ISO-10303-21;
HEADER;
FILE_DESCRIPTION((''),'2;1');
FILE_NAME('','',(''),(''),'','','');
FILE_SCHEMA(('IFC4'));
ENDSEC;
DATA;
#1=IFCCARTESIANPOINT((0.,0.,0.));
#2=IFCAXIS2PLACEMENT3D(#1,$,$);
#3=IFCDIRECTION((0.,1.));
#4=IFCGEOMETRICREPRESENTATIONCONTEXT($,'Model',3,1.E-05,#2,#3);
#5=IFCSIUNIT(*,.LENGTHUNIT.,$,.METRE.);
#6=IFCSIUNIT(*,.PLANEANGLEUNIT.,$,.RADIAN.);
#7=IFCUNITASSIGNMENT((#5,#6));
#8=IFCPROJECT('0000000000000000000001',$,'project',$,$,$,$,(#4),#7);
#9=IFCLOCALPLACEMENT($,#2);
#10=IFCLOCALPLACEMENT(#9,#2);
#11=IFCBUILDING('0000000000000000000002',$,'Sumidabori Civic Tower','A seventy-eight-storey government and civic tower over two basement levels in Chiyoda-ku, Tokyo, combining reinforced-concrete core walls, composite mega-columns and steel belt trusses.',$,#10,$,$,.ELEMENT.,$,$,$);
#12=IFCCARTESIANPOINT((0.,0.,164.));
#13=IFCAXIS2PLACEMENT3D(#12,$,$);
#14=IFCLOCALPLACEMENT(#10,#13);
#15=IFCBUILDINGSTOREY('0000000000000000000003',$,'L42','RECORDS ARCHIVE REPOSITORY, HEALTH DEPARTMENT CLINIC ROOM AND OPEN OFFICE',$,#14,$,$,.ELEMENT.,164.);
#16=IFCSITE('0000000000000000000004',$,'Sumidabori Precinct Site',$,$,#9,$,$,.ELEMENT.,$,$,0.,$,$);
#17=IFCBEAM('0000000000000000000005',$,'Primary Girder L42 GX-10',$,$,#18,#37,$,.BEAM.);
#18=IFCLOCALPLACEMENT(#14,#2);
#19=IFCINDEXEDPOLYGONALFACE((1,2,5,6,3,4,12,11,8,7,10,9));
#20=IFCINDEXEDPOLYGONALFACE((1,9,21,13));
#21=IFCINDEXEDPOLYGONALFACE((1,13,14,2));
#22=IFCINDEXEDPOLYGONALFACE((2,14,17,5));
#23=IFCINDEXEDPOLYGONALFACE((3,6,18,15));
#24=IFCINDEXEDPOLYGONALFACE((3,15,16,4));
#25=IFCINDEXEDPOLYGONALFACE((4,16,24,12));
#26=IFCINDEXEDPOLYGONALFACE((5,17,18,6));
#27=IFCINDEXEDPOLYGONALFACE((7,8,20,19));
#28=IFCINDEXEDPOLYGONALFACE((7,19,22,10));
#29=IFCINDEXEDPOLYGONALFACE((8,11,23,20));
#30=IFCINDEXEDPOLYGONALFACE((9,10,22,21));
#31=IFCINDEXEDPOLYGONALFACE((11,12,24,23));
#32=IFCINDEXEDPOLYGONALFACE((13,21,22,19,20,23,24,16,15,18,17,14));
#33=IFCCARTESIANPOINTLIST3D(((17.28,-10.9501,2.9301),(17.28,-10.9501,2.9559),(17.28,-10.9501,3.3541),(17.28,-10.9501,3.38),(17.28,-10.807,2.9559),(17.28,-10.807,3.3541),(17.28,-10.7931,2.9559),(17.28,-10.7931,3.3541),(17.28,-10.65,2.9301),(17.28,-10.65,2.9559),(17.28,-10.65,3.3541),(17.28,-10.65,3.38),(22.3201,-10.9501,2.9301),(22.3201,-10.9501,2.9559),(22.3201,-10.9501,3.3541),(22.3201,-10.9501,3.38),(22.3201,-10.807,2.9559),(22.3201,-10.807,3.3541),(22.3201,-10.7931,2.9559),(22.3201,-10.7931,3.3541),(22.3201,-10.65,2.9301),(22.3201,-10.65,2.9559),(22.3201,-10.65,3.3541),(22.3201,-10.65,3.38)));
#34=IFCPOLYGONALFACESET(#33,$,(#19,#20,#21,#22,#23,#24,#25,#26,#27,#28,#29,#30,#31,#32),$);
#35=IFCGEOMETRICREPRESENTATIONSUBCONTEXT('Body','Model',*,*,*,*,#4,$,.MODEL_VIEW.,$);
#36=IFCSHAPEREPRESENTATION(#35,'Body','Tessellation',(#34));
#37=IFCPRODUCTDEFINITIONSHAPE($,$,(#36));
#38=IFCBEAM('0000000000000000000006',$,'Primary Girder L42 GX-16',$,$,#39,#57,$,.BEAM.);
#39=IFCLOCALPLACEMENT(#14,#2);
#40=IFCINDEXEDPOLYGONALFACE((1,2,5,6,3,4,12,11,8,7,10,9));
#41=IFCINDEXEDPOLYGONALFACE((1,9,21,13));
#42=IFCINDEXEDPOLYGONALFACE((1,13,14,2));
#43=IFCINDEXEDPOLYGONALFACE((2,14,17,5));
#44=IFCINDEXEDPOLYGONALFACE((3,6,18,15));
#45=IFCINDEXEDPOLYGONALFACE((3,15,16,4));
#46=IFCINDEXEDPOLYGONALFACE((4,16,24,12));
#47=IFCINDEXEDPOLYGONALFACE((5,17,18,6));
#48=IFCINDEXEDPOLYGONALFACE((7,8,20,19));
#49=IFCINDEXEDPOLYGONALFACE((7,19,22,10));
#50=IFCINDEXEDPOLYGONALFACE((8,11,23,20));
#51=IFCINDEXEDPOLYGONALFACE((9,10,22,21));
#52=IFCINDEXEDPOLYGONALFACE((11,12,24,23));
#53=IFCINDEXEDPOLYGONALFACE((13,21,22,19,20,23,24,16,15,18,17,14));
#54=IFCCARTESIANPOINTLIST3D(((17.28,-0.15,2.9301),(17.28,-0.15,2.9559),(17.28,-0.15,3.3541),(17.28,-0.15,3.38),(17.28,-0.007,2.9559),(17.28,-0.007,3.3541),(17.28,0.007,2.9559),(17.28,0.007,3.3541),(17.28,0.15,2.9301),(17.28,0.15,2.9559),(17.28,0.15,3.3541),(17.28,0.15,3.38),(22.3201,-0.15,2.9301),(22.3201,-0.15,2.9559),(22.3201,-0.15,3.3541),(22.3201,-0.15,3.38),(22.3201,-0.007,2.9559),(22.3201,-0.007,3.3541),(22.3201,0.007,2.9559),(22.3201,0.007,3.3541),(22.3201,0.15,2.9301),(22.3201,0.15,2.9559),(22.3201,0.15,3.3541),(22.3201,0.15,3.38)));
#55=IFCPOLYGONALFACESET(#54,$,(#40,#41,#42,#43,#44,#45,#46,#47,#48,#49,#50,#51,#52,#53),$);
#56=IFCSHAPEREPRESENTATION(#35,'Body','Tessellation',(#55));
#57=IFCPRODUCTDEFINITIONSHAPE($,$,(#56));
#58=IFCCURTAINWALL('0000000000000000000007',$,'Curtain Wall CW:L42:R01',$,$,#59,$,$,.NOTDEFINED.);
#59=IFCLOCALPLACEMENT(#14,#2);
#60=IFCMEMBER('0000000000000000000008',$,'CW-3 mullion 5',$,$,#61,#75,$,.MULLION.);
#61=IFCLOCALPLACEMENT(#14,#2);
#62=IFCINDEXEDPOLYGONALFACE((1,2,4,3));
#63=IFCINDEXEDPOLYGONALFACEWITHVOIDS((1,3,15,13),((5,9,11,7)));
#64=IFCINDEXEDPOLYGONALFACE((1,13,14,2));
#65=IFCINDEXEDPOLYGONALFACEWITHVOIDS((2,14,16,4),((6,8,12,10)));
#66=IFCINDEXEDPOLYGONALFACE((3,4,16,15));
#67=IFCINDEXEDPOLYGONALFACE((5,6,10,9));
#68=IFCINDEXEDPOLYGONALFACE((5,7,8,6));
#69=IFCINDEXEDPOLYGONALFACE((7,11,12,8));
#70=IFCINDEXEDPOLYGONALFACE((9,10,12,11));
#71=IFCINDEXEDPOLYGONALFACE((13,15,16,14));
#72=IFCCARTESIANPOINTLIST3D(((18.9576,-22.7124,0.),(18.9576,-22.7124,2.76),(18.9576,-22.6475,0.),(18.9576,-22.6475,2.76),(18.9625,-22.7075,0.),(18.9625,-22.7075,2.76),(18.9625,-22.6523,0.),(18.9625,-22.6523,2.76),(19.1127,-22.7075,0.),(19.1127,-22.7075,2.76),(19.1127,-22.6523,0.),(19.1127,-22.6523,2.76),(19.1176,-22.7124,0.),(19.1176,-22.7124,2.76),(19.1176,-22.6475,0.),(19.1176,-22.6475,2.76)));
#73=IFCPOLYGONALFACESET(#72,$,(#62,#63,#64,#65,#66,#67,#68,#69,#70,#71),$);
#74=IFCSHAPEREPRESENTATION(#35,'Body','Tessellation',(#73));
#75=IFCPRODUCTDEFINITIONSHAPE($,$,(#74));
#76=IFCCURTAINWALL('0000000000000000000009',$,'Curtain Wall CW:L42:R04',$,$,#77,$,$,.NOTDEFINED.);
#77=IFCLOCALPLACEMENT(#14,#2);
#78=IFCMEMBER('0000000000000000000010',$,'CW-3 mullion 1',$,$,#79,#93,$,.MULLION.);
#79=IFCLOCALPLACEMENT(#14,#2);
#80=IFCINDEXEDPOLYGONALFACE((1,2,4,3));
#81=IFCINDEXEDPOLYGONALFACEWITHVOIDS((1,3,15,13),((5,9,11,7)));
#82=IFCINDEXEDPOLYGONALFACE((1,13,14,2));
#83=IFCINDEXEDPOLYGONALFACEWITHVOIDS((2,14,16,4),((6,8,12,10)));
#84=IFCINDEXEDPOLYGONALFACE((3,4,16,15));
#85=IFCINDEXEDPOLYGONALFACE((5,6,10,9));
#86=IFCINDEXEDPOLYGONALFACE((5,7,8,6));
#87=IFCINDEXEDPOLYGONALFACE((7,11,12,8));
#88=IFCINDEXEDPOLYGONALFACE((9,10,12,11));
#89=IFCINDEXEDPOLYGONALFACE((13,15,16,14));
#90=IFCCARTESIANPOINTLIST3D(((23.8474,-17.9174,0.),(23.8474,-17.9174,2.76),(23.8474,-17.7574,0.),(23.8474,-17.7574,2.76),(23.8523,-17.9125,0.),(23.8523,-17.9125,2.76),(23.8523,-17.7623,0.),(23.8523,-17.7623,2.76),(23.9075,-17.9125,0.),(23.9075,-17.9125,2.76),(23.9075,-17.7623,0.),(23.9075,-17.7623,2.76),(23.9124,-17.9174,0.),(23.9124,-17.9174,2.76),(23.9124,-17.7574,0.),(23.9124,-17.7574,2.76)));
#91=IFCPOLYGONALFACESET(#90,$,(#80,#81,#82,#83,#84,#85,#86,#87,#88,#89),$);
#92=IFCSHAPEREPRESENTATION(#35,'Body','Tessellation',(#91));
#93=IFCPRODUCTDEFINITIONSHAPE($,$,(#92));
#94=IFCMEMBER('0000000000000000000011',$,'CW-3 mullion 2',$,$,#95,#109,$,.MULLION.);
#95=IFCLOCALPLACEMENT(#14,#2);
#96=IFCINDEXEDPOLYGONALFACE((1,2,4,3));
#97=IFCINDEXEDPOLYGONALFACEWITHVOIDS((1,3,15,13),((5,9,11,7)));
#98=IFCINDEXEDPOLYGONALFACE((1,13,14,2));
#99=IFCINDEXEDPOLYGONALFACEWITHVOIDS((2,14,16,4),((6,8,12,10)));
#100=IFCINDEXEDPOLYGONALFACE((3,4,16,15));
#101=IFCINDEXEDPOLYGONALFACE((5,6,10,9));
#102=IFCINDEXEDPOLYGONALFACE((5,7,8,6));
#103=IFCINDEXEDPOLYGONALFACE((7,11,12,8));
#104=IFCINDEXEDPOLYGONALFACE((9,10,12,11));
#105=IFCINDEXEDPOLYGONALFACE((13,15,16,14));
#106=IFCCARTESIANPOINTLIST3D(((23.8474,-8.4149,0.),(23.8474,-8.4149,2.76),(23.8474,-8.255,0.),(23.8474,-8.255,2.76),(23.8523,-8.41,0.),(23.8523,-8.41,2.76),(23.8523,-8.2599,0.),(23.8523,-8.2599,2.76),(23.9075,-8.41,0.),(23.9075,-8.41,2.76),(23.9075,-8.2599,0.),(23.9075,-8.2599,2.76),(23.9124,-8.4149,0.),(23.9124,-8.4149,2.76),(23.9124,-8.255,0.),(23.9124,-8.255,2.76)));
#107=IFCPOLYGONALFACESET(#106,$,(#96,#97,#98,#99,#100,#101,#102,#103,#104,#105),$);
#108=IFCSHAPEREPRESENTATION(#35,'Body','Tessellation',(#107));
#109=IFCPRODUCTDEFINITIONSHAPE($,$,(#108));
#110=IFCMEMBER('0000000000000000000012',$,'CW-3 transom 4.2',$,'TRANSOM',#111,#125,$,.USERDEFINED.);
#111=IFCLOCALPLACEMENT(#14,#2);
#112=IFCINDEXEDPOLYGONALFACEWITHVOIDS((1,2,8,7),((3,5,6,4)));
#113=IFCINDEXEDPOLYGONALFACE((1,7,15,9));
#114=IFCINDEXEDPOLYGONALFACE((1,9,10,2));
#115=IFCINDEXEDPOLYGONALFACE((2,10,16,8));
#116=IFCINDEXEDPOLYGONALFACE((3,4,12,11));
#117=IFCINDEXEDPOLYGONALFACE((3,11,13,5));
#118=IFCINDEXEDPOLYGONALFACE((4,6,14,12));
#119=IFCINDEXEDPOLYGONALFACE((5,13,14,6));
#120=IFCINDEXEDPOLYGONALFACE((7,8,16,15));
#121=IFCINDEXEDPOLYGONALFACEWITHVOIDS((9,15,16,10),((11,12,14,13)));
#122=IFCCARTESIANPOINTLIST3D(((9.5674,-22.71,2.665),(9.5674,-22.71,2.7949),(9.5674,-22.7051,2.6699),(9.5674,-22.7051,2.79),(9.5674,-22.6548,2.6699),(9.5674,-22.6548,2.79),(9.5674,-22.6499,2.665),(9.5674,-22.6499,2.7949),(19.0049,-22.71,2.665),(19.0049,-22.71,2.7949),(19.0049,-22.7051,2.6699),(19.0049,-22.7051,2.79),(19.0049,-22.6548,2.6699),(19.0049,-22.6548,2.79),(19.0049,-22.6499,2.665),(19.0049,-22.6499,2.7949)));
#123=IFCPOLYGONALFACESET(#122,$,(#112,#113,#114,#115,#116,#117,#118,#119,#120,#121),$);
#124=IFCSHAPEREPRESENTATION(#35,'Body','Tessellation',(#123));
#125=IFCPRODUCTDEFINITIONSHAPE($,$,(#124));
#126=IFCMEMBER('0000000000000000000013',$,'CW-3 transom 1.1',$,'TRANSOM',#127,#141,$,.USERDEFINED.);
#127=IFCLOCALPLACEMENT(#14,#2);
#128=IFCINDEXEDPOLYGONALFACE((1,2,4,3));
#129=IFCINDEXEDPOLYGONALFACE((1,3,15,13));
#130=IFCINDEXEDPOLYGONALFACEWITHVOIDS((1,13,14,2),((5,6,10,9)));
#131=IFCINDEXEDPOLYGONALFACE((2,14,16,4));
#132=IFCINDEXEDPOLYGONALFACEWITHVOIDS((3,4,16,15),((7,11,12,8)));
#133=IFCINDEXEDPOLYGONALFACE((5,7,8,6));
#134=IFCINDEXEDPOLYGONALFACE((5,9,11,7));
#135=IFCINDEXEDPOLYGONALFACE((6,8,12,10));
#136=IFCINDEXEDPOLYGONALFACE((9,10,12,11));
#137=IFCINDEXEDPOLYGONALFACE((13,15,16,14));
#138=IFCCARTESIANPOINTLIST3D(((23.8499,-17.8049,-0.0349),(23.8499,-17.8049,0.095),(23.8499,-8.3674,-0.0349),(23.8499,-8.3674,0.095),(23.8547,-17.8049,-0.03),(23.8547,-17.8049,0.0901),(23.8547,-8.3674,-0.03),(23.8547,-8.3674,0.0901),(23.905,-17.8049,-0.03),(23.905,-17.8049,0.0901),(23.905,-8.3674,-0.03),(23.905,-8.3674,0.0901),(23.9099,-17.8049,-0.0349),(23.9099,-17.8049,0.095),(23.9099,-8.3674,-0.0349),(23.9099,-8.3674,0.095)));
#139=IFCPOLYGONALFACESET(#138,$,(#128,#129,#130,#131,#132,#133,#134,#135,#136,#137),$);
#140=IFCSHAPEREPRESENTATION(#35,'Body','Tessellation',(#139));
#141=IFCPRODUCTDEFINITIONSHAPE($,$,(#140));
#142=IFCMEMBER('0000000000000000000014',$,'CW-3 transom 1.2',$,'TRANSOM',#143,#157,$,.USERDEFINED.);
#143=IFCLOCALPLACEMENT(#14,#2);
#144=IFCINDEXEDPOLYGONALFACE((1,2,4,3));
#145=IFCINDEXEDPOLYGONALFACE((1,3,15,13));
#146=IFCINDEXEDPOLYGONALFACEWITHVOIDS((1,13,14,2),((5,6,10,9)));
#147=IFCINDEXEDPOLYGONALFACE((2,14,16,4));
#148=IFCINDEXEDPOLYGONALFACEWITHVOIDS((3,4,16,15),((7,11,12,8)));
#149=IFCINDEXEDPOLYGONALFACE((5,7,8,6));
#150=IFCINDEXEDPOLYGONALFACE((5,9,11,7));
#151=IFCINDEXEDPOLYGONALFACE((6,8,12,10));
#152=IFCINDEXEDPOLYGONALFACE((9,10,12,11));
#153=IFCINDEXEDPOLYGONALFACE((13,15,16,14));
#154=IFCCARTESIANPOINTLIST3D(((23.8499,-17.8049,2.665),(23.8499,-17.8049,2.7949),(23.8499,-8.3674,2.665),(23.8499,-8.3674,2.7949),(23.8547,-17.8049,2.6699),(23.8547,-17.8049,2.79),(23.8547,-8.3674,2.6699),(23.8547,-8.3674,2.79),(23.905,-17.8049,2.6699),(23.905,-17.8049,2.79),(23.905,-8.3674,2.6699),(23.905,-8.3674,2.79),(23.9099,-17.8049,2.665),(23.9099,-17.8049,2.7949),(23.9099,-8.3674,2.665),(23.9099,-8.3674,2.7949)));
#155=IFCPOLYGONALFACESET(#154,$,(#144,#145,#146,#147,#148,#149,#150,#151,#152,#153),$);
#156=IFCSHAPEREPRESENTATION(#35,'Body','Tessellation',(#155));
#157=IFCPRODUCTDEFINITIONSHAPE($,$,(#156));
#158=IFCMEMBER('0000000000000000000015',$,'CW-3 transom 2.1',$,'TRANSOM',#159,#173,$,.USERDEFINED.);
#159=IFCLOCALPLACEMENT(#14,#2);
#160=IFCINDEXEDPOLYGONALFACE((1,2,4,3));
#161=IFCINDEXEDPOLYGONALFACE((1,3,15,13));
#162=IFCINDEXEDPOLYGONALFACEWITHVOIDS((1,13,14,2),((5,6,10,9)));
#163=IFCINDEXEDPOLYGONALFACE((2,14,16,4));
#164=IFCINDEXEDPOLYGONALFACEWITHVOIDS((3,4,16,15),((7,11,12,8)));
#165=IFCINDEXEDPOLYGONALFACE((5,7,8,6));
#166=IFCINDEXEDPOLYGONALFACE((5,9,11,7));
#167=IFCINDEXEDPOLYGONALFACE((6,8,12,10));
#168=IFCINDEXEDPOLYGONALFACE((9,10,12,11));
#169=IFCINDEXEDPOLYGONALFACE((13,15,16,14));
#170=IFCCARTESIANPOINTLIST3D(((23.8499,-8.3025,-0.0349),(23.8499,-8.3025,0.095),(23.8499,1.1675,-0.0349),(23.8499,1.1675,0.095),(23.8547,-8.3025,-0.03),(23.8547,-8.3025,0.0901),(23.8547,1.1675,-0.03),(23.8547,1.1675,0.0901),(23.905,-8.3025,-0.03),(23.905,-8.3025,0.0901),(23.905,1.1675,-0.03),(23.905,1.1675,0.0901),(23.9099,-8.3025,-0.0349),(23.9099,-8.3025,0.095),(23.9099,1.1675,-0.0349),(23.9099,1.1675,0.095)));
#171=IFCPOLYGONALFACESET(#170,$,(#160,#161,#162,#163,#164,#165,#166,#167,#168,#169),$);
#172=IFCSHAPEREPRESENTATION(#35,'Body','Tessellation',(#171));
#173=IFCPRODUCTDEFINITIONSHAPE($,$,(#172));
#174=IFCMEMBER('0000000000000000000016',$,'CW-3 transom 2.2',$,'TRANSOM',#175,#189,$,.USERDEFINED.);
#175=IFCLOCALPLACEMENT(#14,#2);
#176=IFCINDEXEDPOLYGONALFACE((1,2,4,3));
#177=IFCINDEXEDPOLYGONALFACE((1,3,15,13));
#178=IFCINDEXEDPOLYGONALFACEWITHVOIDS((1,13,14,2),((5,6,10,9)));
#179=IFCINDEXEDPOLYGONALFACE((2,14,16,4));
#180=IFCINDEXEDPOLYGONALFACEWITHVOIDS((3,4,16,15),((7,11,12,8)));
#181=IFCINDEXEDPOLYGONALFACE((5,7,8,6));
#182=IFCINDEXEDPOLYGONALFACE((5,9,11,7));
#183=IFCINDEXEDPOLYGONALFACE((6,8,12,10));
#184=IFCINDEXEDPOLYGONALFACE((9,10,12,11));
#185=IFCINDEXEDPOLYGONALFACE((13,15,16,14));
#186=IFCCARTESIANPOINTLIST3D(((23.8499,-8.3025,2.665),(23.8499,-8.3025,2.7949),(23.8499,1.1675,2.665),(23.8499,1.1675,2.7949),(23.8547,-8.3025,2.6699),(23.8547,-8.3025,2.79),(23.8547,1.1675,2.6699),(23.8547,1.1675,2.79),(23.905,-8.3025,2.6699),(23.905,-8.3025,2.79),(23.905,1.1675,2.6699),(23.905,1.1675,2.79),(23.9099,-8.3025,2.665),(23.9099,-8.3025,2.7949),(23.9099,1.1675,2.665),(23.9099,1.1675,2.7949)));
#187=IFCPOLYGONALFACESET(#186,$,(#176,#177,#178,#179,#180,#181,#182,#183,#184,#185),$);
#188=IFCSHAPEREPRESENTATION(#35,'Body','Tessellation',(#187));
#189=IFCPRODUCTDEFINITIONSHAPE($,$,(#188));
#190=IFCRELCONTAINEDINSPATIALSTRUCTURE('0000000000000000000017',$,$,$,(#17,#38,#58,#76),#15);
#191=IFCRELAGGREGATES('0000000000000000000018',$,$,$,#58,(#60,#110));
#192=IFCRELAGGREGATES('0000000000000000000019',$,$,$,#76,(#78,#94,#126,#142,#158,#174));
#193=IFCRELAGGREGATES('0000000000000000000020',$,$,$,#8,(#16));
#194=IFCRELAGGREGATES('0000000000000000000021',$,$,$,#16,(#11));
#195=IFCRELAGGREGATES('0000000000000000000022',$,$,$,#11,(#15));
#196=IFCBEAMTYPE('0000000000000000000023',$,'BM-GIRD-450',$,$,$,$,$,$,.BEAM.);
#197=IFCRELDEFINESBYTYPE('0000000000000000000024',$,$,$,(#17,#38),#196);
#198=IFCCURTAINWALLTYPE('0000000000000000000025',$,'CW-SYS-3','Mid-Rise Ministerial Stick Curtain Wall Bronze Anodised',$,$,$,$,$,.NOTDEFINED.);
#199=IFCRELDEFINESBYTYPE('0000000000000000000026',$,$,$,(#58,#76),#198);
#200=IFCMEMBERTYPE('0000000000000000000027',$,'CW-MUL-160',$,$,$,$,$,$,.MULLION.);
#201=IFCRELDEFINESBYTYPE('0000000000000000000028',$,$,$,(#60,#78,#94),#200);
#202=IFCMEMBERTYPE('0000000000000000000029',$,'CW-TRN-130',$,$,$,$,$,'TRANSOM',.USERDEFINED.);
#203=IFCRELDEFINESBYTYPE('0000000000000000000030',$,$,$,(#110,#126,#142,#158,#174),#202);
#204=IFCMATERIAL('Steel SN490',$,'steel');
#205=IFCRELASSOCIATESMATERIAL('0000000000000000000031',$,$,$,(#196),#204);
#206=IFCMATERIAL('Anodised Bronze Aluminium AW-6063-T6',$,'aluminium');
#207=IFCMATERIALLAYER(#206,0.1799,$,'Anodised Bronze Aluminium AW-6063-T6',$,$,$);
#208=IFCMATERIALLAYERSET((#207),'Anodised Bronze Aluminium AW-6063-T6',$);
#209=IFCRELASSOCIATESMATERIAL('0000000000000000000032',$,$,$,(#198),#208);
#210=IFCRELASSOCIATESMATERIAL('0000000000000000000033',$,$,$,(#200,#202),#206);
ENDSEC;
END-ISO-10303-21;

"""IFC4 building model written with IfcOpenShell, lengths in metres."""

from ifc_helpers import new_model, si_unit, direction, frame, origin, origin_2d, place, context, subcontext, project, spatial, hollow_rectangle, i_section, extrude, source, transform, mapped, material, layer, layer_set, material_profile, profile_set, type_object, element, aggregate, save


model = new_model("IFC4")

# Units and contexts
model_context = context("Model", 3, precision=1e-05, world=origin(), true_north=direction((0.0, 1.0)))
body_context = subcontext(model_context, "Body", "Model", "MODEL_VIEW")
ifc_project = project(units=[si_unit("LENGTHUNIT", "METRE"), si_unit("PLANEANGLEUNIT", "RADIAN")], contexts=[model_context])

# Site, building, storey
site_placement = place(None, origin())
site = spatial("IfcSite", under=ifc_project, at=site_placement, Name="Sumidabori Precinct Site", CompositionType="ELEMENT", RefElevation=0.0)
building_placement = place(site_placement, origin())
building = spatial("IfcBuilding", under=site, at=building_placement, Name="Sumidabori Civic Tower", Description="A seventy-eight-storey government and civic tower over two basement levels in Chiyoda-ku, Tokyo, combining reinforced-concrete core walls, composite mega-columns and steel belt trusses.", CompositionType="ELEMENT")
storey_placement = place(building_placement, frame((0.0, 0.0, 164.0)))
storey = spatial("IfcBuildingStorey", under=building, at=storey_placement, Name="L42", Description="RECORDS ARCHIVE REPOSITORY, HEALTH DEPARTMENT CLINIC ROOM AND OPEN OFFICE", CompositionType="ELEMENT", Elevation=164.0)

# Beams
ifc_material_1 = material(Name="Steel SN490", Category="steel")
ifc_material_profile_1 = material_profile(ifc_material_1, i_section(OverallWidth=0.3, OverallDepth=0.45, WebThickness=0.0139, FlangeThickness=0.0259, at=origin_2d()), Name="HE 450 B")
ifc_profile_set_1 = profile_set([ifc_material_profile_1], Name="Steel SN490")
beam_type_1 = type_object("IfcBeamType", Name="BM-GIRD-450", PredefinedType="BEAM", material=ifc_profile_set_1)
shared_shape_1 = source(origin(), body_context, "Body", "SweptSolid", [
    extrude(i_section(OverallWidth=0.3, OverallDepth=0.45, WebThickness=0.0139, FlangeThickness=0.0259, at=origin_2d()), origin(), (0.0, 0.0, 1.0), 5.04),
])
for number, where, z_axis, x_axis, name in (
    (1, (17.28, -10.8, 3.155), (1.0, 0.0, 0.0), (0.0, 1.0, 0.0), "Primary Girder L42 GX-10"),
    (2, (17.28, 0.0, 3.155), (1.0, 0.0, 0.0), (0.0, 1.0, 0.0), "Primary Girder L42 GX-16"),
):
    element("IfcBeam", number, at=place(storey_placement, frame(where, z_axis=z_axis, x_axis=x_axis)), inside=storey, type_object=beam_type_1, Name=name, PredefinedType="BEAM", context=body_context, shape_type="MappedRepresentation", body=[
        mapped(shared_shape_1, transform((0.0, 0.0, 0.0), x_axis=(1.0, 0.0, 0.0), y_axis=(0.0, 1.0, 0.0), z_axis=(0.0, 0.0, 1.0), scale=1.0)),
    ])

# Curtain wall, member
ifc_material_2 = material(Name="Anodised Bronze Aluminium AW-6063-T6", Category="aluminium")
ifc_layer_1 = layer(ifc_material_2, 0.1799, Name="Anodised Bronze Aluminium AW-6063-T6")
ifc_layer_set_1 = layer_set([ifc_layer_1], Name="Anodised Bronze Aluminium AW-6063-T6")
curtain_wall_type = type_object("IfcCurtainWallType", Name="CW-SYS-3", Description="Mid-Rise Ministerial Stick Curtain Wall Bronze Anodised", PredefinedType="NOTDEFINED", material=ifc_layer_set_1)
curtain_wall_1_placement = place(storey_placement, origin())
curtain_wall_1 = element("IfcCurtainWall", 3, at=curtain_wall_1_placement, inside=storey, type_object=curtain_wall_type, Name="Curtain Wall CW:L42:R01", PredefinedType="NOTDEFINED")
ifc_material_profile_2 = material_profile(ifc_material_2, hollow_rectangle(XDim=0.0649, YDim=0.1599, WallThickness=0.0049, at=origin_2d()), Name="ALU MULLION 160x65")
ifc_profile_set_2 = profile_set([ifc_material_profile_2], Name="Anodised Bronze Aluminium AW-6063-T6")
member_type_1 = type_object("IfcMemberType", Name="CW-MUL-160", PredefinedType="MULLION", material=ifc_profile_set_2)
shared_shape_2 = source(origin(), body_context, "Body", "SweptSolid", [
    extrude(hollow_rectangle(XDim=0.0649, YDim=0.1599, WallThickness=0.0049, at=origin_2d()), origin(), (0.0, 0.0, 1.0), 2.76),
])
member_1_placement = place(storey_placement, frame((19.0376, -22.6799, 0.0), z_axis=(0.0, 0.0, 1.0), x_axis=(0.0, 1.0, 0.0)))
member_1 = element("IfcMember", 4, at=member_1_placement, type_object=member_type_1, Name="CW-3 mullion 5", PredefinedType="MULLION", context=body_context, shape_type="MappedRepresentation", body=[
    mapped(shared_shape_2, transform((0.0, 0.0, 0.0), x_axis=(1.0, 0.0, 0.0), y_axis=(0.0, 1.0, 0.0), z_axis=(0.0, 0.0, 1.0), scale=1.0)),
])

# Curtain wall, members
curtain_wall_2_placement = place(storey_placement, origin())
curtain_wall_2 = element("IfcCurtainWall", 5, at=curtain_wall_2_placement, inside=storey, type_object=curtain_wall_type, Name="Curtain Wall CW:L42:R04", PredefinedType="NOTDEFINED")
member_2_placement = place(storey_placement, frame((23.8799, -17.8374, 0.0), z_axis=(0.0, 0.0, 1.0), x_axis=(-1.0, 0.0, 0.0)))
member_2 = element("IfcMember", 6, at=member_2_placement, type_object=member_type_1, Name="CW-3 mullion 1", PredefinedType="MULLION", context=body_context, shape_type="MappedRepresentation", body=[
    mapped(shared_shape_2, transform((0.0, 0.0, 0.0), x_axis=(1.0, 0.0, 0.0), y_axis=(0.0, 1.0, 0.0), z_axis=(0.0, 0.0, 1.0), scale=1.0)),
])
member_3_placement = place(storey_placement, frame((23.8799, -8.335, 0.0), z_axis=(0.0, 0.0, 1.0), x_axis=(-1.0, 0.0, 0.0)))
member_3 = element("IfcMember", 7, at=member_3_placement, type_object=member_type_1, Name="CW-3 mullion 2", PredefinedType="MULLION", context=body_context, shape_type="MappedRepresentation", body=[
    mapped(shared_shape_2, transform((0.0, 0.0, 0.0), x_axis=(1.0, 0.0, 0.0), y_axis=(0.0, 1.0, 0.0), z_axis=(0.0, 0.0, 1.0), scale=1.0)),
])

# Members
ifc_material_profile_3 = material_profile(ifc_material_2, hollow_rectangle(XDim=0.0601, YDim=0.1299, WallThickness=0.0049, at=origin_2d()), Name="ALU TRANSOM 130x60")
ifc_profile_set_3 = profile_set([ifc_material_profile_3], Name="Anodised Bronze Aluminium AW-6063-T6")
member_type_2 = type_object("IfcMemberType", Name="CW-TRN-130", ElementType="TRANSOM", PredefinedType="USERDEFINED", material=ifc_profile_set_3)
shared_shape_3 = source(origin(), body_context, "Body", "SweptSolid", [
    extrude(hollow_rectangle(XDim=0.0601, YDim=0.1299, WallThickness=0.0049, at=origin_2d()), origin(), (0.0, 0.0, 1.0), 9.4375),
])
member_4_placement = place(storey_placement, frame((9.5674, -22.6799, 2.73), z_axis=(1.0, 0.0, 0.0), x_axis=(0.0, 1.0, 0.0)))
member_4 = element("IfcMember", 8, at=member_4_placement, type_object=member_type_2, Name="CW-3 transom 4.2", ObjectType="TRANSOM", PredefinedType="USERDEFINED", context=body_context, shape_type="MappedRepresentation", body=[
    mapped(shared_shape_3, transform((0.0, 0.0, 0.0), x_axis=(1.0, 0.0, 0.0), y_axis=(0.0, 1.0, 0.0), z_axis=(0.0, 0.0, 1.0), scale=1.0)),
])
member_5_placement = place(storey_placement, frame((23.8799, -17.8049, 0.03), z_axis=(0.0, 1.0, 0.0), x_axis=(-1.0, 0.0, 0.0)))
member_5 = element("IfcMember", 9, at=member_5_placement, type_object=member_type_2, Name="CW-3 transom 1.1", ObjectType="TRANSOM", PredefinedType="USERDEFINED", context=body_context, shape_type="MappedRepresentation", body=[
    mapped(shared_shape_3, transform((0.0, 0.0, 0.0), x_axis=(1.0, 0.0, 0.0), y_axis=(0.0, 1.0, 0.0), z_axis=(0.0, 0.0, 1.0), scale=1.0)),
])
member_6_placement = place(storey_placement, frame((23.8799, -17.8049, 2.73), z_axis=(0.0, 1.0, 0.0), x_axis=(-1.0, 0.0, 0.0)))
member_6 = element("IfcMember", 10, at=member_6_placement, type_object=member_type_2, Name="CW-3 transom 1.2", ObjectType="TRANSOM", PredefinedType="USERDEFINED", context=body_context, shape_type="MappedRepresentation", body=[
    mapped(shared_shape_3, transform((0.0, 0.0, 0.0), x_axis=(1.0, 0.0, 0.0), y_axis=(0.0, 1.0, 0.0), z_axis=(0.0, 0.0, 1.0), scale=1.0)),
])
shared_shape_4 = source(origin(), body_context, "Body", "SweptSolid", [
    extrude(hollow_rectangle(XDim=0.0601, YDim=0.1299, WallThickness=0.0049, at=origin_2d()), origin(), (0.0, 0.0, 1.0), 9.47),
])
member_7_placement = place(storey_placement, frame((23.8799, -8.3025, 0.03), z_axis=(0.0, 1.0, 0.0), x_axis=(-1.0, 0.0, 0.0)))
member_7 = element("IfcMember", 11, at=member_7_placement, type_object=member_type_2, Name="CW-3 transom 2.1", ObjectType="TRANSOM", PredefinedType="USERDEFINED", context=body_context, shape_type="MappedRepresentation", body=[
    mapped(shared_shape_4, transform((0.0, 0.0, 0.0), x_axis=(1.0, 0.0, 0.0), y_axis=(0.0, 1.0, 0.0), z_axis=(0.0, 0.0, 1.0), scale=1.0)),
])
member_8_placement = place(storey_placement, frame((23.8799, -8.3025, 2.73), z_axis=(0.0, 1.0, 0.0), x_axis=(-1.0, 0.0, 0.0)))
member_8 = element("IfcMember", 12, at=member_8_placement, type_object=member_type_2, Name="CW-3 transom 2.2", ObjectType="TRANSOM", PredefinedType="USERDEFINED", context=body_context, shape_type="MappedRepresentation", body=[
    mapped(shared_shape_4, transform((0.0, 0.0, 0.0), x_axis=(1.0, 0.0, 0.0), y_axis=(0.0, 1.0, 0.0), z_axis=(0.0, 0.0, 1.0), scale=1.0)),
])

aggregate(curtain_wall_1, [member_1, member_4])
aggregate(curtain_wall_2, [member_2, member_3, member_5, member_6, member_7, member_8])

save(model, "model.ifc")
